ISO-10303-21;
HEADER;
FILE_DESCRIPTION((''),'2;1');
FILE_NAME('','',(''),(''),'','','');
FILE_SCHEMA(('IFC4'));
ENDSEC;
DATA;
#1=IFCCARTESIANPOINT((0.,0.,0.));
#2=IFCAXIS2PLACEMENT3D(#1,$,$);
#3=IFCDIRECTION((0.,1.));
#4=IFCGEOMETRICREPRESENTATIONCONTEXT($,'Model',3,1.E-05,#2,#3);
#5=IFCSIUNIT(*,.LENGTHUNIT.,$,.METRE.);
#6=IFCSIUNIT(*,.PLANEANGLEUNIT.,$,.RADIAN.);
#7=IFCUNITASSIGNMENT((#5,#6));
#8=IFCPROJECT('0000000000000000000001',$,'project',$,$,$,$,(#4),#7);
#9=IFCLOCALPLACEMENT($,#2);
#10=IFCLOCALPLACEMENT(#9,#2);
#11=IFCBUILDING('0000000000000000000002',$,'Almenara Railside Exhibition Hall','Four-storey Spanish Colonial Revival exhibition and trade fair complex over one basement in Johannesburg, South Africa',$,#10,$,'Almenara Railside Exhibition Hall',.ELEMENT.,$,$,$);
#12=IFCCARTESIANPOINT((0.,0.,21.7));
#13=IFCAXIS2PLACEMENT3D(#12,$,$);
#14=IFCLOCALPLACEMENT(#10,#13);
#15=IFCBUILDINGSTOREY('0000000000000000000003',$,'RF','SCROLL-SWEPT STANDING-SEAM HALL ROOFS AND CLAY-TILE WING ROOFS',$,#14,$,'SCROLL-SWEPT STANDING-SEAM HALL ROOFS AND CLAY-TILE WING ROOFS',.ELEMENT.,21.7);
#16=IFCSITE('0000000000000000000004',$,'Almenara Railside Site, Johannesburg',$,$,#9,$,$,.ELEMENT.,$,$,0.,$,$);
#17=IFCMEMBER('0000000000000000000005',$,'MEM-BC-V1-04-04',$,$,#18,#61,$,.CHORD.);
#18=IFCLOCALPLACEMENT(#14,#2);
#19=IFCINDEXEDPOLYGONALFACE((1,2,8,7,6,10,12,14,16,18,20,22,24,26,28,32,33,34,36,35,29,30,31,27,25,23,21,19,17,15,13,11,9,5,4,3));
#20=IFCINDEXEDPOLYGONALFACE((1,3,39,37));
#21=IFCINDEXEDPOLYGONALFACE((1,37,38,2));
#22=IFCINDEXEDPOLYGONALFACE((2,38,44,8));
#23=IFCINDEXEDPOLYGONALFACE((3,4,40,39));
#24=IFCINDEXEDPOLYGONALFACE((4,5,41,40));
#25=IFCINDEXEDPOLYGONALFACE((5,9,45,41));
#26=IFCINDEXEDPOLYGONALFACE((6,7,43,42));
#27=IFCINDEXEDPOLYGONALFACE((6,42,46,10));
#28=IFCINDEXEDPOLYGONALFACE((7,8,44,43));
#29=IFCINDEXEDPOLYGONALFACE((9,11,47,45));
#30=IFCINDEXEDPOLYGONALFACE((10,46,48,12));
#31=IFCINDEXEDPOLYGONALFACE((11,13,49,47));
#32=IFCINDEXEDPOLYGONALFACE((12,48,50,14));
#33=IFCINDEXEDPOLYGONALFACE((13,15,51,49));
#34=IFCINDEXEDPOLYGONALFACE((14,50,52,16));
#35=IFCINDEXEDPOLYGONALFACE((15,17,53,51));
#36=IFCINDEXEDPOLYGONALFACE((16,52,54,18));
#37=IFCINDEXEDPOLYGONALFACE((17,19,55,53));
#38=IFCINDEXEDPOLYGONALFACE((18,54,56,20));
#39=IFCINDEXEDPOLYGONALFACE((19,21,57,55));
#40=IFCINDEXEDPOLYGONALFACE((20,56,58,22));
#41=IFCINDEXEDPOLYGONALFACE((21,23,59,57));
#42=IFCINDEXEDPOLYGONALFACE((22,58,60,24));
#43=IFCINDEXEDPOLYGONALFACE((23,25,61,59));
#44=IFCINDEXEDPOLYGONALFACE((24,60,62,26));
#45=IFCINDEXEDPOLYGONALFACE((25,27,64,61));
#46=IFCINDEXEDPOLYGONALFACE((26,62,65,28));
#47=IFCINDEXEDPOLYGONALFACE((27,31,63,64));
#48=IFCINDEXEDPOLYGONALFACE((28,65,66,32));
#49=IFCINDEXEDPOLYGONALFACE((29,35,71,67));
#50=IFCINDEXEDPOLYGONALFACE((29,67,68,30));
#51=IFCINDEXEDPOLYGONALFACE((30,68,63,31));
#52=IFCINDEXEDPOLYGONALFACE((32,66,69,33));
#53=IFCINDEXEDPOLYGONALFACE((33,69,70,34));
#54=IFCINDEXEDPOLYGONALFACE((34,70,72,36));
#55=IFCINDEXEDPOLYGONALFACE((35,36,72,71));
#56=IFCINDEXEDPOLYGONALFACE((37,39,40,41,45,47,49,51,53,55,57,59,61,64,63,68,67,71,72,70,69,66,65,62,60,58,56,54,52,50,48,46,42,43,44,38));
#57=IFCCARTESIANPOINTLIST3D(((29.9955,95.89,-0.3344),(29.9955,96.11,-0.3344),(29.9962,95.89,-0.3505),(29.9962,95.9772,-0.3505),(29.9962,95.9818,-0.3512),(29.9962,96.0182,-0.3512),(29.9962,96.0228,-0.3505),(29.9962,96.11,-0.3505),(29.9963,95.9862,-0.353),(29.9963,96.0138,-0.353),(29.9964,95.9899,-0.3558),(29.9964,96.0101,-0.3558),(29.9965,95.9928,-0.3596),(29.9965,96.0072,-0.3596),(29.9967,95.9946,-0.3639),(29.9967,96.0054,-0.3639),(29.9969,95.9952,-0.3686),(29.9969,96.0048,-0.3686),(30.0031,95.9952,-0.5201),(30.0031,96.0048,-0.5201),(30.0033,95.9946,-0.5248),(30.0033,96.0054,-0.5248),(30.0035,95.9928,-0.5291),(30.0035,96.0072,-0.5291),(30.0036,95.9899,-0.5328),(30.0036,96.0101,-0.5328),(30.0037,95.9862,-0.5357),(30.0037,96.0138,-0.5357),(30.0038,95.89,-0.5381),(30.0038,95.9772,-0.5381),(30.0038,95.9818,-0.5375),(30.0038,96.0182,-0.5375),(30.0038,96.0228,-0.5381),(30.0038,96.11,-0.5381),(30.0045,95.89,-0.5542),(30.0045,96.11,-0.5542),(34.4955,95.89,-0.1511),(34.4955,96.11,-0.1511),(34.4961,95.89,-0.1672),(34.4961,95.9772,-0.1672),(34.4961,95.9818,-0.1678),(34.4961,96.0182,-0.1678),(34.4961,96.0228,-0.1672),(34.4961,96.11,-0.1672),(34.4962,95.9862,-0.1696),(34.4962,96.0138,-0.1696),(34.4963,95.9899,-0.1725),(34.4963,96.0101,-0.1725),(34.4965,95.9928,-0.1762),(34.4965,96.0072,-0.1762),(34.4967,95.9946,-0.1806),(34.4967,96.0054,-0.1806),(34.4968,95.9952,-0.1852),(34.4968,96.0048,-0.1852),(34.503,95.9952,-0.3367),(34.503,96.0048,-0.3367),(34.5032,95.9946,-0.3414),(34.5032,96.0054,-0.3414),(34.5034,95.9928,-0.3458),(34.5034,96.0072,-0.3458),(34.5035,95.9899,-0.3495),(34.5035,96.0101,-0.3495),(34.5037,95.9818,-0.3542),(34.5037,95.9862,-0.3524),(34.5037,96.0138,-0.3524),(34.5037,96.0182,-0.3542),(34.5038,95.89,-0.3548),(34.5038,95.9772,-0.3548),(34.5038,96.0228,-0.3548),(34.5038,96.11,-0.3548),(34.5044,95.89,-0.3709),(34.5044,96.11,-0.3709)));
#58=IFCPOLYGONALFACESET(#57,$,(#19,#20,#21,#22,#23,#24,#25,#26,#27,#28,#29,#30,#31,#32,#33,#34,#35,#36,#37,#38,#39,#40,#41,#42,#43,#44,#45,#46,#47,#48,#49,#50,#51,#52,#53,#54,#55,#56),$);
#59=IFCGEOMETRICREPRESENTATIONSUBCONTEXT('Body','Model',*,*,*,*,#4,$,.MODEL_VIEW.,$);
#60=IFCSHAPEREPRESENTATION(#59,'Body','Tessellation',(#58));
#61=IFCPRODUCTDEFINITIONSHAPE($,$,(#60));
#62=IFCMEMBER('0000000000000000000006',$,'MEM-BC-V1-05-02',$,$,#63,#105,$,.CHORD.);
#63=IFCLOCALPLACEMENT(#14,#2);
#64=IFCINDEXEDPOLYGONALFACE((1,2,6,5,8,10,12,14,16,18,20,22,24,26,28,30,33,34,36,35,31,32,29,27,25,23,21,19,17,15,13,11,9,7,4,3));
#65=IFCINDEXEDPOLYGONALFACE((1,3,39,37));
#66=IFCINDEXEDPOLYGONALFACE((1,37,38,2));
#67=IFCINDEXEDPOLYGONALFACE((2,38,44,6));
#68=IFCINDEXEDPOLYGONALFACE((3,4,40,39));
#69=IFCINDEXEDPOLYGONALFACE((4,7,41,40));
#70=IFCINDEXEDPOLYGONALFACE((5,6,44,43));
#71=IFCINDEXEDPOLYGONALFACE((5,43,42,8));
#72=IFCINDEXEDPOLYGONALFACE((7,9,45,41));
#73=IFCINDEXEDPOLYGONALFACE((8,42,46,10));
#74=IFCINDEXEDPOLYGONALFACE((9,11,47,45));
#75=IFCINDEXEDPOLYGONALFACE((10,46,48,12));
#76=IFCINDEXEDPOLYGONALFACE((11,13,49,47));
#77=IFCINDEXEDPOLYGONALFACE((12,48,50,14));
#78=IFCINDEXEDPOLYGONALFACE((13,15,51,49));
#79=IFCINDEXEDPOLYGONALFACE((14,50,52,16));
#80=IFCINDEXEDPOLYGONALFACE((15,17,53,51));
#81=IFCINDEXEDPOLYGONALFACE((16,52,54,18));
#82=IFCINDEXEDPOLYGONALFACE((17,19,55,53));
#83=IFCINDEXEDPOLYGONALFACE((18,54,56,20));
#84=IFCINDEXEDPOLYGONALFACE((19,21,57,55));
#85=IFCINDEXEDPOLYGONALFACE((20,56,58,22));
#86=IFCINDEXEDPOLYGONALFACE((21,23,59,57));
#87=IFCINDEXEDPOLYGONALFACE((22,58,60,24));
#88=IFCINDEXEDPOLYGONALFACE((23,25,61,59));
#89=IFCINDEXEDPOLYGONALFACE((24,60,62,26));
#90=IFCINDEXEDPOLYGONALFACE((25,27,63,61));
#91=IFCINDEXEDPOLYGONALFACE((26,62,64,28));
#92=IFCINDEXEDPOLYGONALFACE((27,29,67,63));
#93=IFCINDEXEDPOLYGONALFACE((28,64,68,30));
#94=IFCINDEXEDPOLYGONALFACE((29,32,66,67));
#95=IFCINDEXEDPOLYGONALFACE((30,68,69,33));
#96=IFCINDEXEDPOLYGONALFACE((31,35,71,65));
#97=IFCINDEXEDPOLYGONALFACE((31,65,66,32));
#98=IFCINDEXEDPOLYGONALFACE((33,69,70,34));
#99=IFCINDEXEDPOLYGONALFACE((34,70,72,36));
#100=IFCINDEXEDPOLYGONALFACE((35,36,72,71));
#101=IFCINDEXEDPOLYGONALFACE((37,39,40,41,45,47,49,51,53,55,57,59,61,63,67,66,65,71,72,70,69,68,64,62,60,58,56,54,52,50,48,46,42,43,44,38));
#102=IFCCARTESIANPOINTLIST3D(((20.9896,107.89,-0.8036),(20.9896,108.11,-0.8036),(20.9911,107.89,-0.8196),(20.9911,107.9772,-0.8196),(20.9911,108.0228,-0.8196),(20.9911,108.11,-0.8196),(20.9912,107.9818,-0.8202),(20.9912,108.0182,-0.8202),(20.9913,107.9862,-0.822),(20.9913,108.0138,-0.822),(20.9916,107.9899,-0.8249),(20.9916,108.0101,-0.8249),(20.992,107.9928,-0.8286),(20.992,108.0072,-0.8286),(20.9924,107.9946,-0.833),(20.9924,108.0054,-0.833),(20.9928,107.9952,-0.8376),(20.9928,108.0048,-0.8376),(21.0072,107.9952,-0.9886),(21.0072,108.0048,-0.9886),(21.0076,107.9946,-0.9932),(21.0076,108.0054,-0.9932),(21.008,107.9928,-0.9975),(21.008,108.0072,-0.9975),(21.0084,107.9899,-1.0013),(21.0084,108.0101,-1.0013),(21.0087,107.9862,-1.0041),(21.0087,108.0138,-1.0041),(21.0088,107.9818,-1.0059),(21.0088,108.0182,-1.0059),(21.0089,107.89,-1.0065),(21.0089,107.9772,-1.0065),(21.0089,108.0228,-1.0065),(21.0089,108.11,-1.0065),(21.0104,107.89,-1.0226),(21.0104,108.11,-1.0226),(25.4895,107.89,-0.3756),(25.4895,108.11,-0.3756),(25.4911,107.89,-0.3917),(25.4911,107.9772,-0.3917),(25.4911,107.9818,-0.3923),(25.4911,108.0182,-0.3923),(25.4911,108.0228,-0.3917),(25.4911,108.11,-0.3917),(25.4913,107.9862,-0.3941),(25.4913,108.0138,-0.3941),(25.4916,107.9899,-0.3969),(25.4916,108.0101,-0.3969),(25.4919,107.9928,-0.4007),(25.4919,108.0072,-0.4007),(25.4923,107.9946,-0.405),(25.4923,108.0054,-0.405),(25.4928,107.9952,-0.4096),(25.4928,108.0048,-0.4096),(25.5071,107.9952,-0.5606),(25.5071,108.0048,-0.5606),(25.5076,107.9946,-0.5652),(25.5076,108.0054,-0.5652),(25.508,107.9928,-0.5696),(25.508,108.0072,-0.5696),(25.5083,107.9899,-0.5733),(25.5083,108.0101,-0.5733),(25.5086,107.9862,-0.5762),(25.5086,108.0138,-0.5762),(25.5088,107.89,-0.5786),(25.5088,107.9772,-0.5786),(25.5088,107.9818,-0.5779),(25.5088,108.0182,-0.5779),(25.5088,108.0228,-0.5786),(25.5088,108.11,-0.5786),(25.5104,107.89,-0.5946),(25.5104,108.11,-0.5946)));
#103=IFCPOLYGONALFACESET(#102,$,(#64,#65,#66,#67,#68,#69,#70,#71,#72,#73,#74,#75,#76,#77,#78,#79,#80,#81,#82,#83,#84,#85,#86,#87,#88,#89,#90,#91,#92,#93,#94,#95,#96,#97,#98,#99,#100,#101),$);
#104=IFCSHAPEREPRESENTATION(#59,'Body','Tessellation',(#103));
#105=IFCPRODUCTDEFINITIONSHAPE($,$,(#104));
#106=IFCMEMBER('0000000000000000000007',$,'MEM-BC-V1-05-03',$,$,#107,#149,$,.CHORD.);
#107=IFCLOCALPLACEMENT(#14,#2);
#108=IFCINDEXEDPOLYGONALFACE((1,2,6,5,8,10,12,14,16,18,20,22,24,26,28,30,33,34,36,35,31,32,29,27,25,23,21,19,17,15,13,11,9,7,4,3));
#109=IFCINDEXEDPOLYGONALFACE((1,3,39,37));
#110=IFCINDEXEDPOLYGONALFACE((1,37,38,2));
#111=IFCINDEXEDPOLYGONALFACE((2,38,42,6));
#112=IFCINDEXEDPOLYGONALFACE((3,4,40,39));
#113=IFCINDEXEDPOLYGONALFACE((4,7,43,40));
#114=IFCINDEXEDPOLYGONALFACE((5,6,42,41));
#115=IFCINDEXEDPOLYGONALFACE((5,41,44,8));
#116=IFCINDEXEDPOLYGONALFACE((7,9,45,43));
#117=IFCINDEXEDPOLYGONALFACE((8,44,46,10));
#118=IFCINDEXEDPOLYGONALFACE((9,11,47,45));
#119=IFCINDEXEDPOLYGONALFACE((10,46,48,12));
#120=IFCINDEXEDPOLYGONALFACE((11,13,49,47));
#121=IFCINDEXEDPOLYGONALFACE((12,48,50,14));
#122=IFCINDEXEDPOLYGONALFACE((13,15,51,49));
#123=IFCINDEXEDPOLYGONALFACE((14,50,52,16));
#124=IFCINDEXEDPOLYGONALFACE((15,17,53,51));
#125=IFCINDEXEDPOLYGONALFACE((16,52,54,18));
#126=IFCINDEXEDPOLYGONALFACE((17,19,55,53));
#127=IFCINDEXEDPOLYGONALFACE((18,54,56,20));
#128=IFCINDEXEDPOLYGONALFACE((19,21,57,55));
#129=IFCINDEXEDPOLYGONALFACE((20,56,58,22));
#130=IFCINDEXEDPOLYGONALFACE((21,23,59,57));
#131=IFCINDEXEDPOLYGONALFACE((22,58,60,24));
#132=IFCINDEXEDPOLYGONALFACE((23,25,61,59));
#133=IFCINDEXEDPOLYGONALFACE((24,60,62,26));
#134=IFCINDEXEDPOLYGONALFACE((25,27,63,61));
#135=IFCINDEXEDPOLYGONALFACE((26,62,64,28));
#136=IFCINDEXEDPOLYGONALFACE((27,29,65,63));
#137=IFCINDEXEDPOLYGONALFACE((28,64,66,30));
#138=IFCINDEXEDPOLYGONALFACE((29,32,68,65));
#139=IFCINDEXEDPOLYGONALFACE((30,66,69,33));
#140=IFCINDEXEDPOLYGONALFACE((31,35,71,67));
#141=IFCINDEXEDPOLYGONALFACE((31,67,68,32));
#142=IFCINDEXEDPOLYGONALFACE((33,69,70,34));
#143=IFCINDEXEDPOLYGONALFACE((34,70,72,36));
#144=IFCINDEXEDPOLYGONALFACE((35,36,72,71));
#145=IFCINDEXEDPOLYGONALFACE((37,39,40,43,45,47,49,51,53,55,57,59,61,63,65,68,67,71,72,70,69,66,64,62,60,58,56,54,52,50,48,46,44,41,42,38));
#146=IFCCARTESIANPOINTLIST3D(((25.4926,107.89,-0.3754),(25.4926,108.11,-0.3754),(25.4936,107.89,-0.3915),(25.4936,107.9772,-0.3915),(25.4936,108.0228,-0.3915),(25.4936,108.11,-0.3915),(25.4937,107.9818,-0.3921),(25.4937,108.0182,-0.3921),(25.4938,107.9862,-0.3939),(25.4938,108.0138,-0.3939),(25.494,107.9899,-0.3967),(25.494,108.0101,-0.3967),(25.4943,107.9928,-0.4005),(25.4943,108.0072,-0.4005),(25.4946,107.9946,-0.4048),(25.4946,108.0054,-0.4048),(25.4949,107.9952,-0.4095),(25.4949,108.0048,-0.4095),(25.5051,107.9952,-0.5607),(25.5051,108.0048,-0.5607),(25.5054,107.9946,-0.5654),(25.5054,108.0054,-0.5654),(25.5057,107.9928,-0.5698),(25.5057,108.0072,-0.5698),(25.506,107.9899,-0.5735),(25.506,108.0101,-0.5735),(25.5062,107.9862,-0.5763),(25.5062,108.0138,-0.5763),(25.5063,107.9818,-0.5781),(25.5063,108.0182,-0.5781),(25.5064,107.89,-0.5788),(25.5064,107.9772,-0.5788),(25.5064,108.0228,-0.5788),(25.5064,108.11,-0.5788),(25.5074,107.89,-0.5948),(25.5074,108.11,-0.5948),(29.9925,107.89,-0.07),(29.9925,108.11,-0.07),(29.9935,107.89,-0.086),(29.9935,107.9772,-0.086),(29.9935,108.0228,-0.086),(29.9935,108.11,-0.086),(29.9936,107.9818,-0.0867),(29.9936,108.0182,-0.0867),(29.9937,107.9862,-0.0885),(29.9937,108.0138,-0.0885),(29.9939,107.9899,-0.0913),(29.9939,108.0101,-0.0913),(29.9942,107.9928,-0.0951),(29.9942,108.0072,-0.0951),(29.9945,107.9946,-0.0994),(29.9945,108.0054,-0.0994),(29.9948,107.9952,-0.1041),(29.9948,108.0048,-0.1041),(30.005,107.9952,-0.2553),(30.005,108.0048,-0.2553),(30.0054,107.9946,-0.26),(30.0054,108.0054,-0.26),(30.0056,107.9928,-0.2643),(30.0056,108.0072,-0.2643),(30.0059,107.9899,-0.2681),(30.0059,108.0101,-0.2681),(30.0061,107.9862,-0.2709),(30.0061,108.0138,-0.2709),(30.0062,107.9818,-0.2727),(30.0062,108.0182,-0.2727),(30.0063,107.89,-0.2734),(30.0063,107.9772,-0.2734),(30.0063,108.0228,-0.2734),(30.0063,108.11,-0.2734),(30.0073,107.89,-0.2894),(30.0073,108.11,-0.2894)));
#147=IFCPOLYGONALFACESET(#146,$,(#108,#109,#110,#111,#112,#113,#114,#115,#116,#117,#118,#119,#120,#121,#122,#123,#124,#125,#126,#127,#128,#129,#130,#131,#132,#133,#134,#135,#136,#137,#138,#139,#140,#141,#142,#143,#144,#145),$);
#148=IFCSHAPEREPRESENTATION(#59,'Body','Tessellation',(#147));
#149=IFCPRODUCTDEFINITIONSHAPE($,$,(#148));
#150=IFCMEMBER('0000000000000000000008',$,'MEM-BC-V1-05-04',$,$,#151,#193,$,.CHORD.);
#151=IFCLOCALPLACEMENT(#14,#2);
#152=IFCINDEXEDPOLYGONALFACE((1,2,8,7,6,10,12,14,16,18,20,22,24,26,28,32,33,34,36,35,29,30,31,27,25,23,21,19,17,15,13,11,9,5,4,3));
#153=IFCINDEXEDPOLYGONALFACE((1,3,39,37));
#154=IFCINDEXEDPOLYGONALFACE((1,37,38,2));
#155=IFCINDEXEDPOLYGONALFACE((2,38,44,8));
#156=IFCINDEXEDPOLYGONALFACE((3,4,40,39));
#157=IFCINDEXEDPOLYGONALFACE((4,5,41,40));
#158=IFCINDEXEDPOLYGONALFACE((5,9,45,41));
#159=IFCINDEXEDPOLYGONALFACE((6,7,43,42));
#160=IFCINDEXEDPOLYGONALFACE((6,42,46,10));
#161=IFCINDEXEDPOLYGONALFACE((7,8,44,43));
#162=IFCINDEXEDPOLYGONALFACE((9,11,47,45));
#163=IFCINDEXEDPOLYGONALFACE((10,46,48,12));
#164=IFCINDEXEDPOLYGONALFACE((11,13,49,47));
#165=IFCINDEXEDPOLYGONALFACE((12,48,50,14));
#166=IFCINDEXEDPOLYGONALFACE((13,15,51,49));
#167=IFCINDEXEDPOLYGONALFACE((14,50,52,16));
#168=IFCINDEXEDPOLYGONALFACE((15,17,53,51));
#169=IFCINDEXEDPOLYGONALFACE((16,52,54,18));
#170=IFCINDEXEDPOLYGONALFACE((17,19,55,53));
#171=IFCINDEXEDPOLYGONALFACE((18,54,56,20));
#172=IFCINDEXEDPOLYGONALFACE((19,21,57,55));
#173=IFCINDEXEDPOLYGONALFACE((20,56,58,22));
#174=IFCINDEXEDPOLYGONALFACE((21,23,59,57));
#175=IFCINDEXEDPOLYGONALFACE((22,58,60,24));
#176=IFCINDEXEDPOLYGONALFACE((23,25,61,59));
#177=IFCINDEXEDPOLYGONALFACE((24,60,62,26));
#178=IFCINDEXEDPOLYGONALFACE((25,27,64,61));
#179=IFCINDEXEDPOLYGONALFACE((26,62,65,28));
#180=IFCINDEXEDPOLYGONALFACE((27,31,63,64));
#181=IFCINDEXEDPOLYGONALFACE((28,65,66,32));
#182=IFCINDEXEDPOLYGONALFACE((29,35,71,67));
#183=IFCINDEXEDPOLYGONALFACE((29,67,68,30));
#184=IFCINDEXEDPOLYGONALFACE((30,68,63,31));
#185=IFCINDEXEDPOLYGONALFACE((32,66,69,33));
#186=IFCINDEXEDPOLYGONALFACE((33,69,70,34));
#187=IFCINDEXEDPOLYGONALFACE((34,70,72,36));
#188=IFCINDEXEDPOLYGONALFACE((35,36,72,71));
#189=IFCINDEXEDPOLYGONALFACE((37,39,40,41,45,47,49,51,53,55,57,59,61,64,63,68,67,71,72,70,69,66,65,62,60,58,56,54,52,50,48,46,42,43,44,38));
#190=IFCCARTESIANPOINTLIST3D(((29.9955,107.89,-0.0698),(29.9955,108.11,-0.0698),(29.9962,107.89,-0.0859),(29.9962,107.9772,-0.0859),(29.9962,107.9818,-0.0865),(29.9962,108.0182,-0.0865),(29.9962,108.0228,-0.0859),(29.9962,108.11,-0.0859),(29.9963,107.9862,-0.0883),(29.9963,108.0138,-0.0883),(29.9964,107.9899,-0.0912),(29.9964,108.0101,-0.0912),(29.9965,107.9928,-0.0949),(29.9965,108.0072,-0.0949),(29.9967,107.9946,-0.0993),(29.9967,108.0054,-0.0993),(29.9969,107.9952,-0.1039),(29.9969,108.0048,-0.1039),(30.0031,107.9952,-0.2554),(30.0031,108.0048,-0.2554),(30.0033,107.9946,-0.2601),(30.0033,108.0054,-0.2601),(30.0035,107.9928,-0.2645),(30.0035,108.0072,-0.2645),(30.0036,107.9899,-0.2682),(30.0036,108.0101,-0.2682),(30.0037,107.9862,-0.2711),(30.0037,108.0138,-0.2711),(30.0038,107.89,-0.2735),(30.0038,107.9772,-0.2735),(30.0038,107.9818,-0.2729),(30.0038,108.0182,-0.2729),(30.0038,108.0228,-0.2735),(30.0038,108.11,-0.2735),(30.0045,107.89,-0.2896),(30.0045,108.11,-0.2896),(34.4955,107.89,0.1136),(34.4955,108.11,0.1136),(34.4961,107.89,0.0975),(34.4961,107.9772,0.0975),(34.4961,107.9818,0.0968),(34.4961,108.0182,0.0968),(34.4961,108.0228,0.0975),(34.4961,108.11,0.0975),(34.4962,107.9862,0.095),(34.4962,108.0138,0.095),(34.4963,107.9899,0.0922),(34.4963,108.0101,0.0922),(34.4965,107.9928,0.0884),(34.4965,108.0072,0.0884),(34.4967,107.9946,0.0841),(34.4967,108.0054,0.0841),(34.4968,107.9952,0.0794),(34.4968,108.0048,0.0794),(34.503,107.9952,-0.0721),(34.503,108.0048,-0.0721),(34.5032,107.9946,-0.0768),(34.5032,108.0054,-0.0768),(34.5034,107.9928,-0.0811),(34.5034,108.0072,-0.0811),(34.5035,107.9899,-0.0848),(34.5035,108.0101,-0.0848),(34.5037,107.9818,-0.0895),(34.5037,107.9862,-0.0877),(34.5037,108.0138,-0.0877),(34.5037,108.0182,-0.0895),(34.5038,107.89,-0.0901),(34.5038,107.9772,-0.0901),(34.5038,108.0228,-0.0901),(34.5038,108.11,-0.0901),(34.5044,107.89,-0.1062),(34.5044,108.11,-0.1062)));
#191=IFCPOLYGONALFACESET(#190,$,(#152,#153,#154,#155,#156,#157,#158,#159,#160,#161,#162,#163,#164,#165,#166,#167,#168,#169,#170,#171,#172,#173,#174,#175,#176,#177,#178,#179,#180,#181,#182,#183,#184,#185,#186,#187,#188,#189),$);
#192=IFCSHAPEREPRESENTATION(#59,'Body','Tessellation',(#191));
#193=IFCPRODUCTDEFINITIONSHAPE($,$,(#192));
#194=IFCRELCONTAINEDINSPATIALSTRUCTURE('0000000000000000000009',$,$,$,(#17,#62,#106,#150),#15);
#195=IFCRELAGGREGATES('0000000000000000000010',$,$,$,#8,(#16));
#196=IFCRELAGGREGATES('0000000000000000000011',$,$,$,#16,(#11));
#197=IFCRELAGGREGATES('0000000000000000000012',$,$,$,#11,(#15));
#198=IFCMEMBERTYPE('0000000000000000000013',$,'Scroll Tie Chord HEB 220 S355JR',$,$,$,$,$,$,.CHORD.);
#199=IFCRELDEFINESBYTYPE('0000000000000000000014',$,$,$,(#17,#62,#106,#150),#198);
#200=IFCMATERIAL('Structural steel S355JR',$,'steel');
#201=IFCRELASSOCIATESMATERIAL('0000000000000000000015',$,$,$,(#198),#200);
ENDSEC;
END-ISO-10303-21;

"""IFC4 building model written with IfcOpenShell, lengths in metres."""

from ifc_helpers import new_model, si_unit, direction, frame, origin, origin_2d, place, context, subcontext, project, spatial, i_section, extrude, material, material_profile, profile_set, type_object, element, save


model = new_model("IFC4")

# Units and contexts
model_context = context("Model", 3, precision=1e-05, world=origin(), true_north=direction((0.0, 1.0)))
body_context = subcontext(model_context, "Body", "Model", "MODEL_VIEW")
ifc_project = project(units=[si_unit("LENGTHUNIT", "METRE"), si_unit("PLANEANGLEUNIT", "RADIAN")], contexts=[model_context])

# Site, building, storey
site_placement = place(None, origin())
site = spatial("IfcSite", under=ifc_project, at=site_placement, Name="Almenara Railside Site, Johannesburg", CompositionType="ELEMENT", RefElevation=0.0)
building_placement = place(site_placement, origin())
building = spatial("IfcBuilding", under=site, at=building_placement, Name="Almenara Railside Exhibition Hall", Description="Four-storey Spanish Colonial Revival exhibition and trade fair complex over one basement in Johannesburg, South Africa", LongName="Almenara Railside Exhibition Hall", CompositionType="ELEMENT")
storey_placement = place(building_placement, frame((0.0, 0.0, 21.7)))
storey = spatial("IfcBuildingStorey", under=building, at=storey_placement, Name="RF", Description="SCROLL-SWEPT STANDING-SEAM HALL ROOFS AND CLAY-TILE WING ROOFS", LongName="SCROLL-SWEPT STANDING-SEAM HALL ROOFS AND CLAY-TILE WING ROOFS", CompositionType="ELEMENT", Elevation=21.7)

# Members
ifc_material_1 = material(Name="Structural steel S355JR", Category="steel")
ifc_material_profile_1 = material_profile(ifc_material_1, i_section(OverallWidth=0.22, OverallDepth=0.22, WebThickness=0.0095, FlangeThickness=0.0161, FilletRadius=0.0181, at=origin_2d()), Name="HEB 220")
ifc_profile_set_1 = profile_set([ifc_material_profile_1], Name="Structural steel S355JR")
member_type_1 = type_object("IfcMemberType", Name="Scroll Tie Chord HEB 220 S355JR", PredefinedType="CHORD", material=ifc_profile_set_1)
member_1_placement = place(storey_placement, frame((30.0, 96.0, -0.4443), z_axis=(0.999171, 0.0, 0.040711), x_axis=(0.0, 1.0, 0.0)))
element("IfcMember", 1, at=member_1_placement, inside=storey, type_object=member_type_1, Name="MEM-BC-V1-04-04", PredefinedType="CHORD", context=body_context, shape_type="SweptSolid", body=[
    extrude(i_section(OverallWidth=0.22, OverallDepth=0.22, WebThickness=0.0095, FlangeThickness=0.0161, FilletRadius=0.0181, at=origin_2d()), origin(), (0.0, 0.0, 1.0), 4.5037),
])
member_2_placement = place(storey_placement, frame((21.0, 108.0, -0.9131), z_axis=(0.995508, 0.0, 0.094679), x_axis=(0.0, 1.0, 0.0)))
element("IfcMember", 2, at=member_2_placement, inside=storey, type_object=member_type_1, Name="MEM-BC-V1-05-02", PredefinedType="CHORD", context=body_context, shape_type="SweptSolid", body=[
    extrude(i_section(OverallWidth=0.22, OverallDepth=0.22, WebThickness=0.0095, FlangeThickness=0.0161, FilletRadius=0.0181, at=origin_2d()), origin(), (0.0, 0.0, 1.0), 4.5203),
])
member_3_placement = place(storey_placement, frame((25.5, 108.0, -0.4851), z_axis=(0.997705, 0.0, 0.067715), x_axis=(0.0, 1.0, 0.0)))
element("IfcMember", 3, at=member_3_placement, inside=storey, type_object=member_type_1, Name="MEM-BC-V1-05-03", PredefinedType="CHORD", context=body_context, shape_type="SweptSolid", body=[
    extrude(i_section(OverallWidth=0.22, OverallDepth=0.22, WebThickness=0.0095, FlangeThickness=0.0161, FilletRadius=0.0181, at=origin_2d()), origin(), (0.0, 0.0, 1.0), 4.5103),
])
member_4_placement = place(storey_placement, frame((30.0, 108.0, -0.1797), z_axis=(0.999171, 0.0, 0.040711), x_axis=(0.0, 1.0, 0.0)))
element("IfcMember", 4, at=member_4_placement, inside=storey, type_object=member_type_1, Name="MEM-BC-V1-05-04", PredefinedType="CHORD", context=body_context, shape_type="SweptSolid", body=[
    extrude(i_section(OverallWidth=0.22, OverallDepth=0.22, WebThickness=0.0095, FlangeThickness=0.0161, FilletRadius=0.0181, at=origin_2d()), origin(), (0.0, 0.0, 1.0), 4.5037),
])

save(model, "model.ifc")
